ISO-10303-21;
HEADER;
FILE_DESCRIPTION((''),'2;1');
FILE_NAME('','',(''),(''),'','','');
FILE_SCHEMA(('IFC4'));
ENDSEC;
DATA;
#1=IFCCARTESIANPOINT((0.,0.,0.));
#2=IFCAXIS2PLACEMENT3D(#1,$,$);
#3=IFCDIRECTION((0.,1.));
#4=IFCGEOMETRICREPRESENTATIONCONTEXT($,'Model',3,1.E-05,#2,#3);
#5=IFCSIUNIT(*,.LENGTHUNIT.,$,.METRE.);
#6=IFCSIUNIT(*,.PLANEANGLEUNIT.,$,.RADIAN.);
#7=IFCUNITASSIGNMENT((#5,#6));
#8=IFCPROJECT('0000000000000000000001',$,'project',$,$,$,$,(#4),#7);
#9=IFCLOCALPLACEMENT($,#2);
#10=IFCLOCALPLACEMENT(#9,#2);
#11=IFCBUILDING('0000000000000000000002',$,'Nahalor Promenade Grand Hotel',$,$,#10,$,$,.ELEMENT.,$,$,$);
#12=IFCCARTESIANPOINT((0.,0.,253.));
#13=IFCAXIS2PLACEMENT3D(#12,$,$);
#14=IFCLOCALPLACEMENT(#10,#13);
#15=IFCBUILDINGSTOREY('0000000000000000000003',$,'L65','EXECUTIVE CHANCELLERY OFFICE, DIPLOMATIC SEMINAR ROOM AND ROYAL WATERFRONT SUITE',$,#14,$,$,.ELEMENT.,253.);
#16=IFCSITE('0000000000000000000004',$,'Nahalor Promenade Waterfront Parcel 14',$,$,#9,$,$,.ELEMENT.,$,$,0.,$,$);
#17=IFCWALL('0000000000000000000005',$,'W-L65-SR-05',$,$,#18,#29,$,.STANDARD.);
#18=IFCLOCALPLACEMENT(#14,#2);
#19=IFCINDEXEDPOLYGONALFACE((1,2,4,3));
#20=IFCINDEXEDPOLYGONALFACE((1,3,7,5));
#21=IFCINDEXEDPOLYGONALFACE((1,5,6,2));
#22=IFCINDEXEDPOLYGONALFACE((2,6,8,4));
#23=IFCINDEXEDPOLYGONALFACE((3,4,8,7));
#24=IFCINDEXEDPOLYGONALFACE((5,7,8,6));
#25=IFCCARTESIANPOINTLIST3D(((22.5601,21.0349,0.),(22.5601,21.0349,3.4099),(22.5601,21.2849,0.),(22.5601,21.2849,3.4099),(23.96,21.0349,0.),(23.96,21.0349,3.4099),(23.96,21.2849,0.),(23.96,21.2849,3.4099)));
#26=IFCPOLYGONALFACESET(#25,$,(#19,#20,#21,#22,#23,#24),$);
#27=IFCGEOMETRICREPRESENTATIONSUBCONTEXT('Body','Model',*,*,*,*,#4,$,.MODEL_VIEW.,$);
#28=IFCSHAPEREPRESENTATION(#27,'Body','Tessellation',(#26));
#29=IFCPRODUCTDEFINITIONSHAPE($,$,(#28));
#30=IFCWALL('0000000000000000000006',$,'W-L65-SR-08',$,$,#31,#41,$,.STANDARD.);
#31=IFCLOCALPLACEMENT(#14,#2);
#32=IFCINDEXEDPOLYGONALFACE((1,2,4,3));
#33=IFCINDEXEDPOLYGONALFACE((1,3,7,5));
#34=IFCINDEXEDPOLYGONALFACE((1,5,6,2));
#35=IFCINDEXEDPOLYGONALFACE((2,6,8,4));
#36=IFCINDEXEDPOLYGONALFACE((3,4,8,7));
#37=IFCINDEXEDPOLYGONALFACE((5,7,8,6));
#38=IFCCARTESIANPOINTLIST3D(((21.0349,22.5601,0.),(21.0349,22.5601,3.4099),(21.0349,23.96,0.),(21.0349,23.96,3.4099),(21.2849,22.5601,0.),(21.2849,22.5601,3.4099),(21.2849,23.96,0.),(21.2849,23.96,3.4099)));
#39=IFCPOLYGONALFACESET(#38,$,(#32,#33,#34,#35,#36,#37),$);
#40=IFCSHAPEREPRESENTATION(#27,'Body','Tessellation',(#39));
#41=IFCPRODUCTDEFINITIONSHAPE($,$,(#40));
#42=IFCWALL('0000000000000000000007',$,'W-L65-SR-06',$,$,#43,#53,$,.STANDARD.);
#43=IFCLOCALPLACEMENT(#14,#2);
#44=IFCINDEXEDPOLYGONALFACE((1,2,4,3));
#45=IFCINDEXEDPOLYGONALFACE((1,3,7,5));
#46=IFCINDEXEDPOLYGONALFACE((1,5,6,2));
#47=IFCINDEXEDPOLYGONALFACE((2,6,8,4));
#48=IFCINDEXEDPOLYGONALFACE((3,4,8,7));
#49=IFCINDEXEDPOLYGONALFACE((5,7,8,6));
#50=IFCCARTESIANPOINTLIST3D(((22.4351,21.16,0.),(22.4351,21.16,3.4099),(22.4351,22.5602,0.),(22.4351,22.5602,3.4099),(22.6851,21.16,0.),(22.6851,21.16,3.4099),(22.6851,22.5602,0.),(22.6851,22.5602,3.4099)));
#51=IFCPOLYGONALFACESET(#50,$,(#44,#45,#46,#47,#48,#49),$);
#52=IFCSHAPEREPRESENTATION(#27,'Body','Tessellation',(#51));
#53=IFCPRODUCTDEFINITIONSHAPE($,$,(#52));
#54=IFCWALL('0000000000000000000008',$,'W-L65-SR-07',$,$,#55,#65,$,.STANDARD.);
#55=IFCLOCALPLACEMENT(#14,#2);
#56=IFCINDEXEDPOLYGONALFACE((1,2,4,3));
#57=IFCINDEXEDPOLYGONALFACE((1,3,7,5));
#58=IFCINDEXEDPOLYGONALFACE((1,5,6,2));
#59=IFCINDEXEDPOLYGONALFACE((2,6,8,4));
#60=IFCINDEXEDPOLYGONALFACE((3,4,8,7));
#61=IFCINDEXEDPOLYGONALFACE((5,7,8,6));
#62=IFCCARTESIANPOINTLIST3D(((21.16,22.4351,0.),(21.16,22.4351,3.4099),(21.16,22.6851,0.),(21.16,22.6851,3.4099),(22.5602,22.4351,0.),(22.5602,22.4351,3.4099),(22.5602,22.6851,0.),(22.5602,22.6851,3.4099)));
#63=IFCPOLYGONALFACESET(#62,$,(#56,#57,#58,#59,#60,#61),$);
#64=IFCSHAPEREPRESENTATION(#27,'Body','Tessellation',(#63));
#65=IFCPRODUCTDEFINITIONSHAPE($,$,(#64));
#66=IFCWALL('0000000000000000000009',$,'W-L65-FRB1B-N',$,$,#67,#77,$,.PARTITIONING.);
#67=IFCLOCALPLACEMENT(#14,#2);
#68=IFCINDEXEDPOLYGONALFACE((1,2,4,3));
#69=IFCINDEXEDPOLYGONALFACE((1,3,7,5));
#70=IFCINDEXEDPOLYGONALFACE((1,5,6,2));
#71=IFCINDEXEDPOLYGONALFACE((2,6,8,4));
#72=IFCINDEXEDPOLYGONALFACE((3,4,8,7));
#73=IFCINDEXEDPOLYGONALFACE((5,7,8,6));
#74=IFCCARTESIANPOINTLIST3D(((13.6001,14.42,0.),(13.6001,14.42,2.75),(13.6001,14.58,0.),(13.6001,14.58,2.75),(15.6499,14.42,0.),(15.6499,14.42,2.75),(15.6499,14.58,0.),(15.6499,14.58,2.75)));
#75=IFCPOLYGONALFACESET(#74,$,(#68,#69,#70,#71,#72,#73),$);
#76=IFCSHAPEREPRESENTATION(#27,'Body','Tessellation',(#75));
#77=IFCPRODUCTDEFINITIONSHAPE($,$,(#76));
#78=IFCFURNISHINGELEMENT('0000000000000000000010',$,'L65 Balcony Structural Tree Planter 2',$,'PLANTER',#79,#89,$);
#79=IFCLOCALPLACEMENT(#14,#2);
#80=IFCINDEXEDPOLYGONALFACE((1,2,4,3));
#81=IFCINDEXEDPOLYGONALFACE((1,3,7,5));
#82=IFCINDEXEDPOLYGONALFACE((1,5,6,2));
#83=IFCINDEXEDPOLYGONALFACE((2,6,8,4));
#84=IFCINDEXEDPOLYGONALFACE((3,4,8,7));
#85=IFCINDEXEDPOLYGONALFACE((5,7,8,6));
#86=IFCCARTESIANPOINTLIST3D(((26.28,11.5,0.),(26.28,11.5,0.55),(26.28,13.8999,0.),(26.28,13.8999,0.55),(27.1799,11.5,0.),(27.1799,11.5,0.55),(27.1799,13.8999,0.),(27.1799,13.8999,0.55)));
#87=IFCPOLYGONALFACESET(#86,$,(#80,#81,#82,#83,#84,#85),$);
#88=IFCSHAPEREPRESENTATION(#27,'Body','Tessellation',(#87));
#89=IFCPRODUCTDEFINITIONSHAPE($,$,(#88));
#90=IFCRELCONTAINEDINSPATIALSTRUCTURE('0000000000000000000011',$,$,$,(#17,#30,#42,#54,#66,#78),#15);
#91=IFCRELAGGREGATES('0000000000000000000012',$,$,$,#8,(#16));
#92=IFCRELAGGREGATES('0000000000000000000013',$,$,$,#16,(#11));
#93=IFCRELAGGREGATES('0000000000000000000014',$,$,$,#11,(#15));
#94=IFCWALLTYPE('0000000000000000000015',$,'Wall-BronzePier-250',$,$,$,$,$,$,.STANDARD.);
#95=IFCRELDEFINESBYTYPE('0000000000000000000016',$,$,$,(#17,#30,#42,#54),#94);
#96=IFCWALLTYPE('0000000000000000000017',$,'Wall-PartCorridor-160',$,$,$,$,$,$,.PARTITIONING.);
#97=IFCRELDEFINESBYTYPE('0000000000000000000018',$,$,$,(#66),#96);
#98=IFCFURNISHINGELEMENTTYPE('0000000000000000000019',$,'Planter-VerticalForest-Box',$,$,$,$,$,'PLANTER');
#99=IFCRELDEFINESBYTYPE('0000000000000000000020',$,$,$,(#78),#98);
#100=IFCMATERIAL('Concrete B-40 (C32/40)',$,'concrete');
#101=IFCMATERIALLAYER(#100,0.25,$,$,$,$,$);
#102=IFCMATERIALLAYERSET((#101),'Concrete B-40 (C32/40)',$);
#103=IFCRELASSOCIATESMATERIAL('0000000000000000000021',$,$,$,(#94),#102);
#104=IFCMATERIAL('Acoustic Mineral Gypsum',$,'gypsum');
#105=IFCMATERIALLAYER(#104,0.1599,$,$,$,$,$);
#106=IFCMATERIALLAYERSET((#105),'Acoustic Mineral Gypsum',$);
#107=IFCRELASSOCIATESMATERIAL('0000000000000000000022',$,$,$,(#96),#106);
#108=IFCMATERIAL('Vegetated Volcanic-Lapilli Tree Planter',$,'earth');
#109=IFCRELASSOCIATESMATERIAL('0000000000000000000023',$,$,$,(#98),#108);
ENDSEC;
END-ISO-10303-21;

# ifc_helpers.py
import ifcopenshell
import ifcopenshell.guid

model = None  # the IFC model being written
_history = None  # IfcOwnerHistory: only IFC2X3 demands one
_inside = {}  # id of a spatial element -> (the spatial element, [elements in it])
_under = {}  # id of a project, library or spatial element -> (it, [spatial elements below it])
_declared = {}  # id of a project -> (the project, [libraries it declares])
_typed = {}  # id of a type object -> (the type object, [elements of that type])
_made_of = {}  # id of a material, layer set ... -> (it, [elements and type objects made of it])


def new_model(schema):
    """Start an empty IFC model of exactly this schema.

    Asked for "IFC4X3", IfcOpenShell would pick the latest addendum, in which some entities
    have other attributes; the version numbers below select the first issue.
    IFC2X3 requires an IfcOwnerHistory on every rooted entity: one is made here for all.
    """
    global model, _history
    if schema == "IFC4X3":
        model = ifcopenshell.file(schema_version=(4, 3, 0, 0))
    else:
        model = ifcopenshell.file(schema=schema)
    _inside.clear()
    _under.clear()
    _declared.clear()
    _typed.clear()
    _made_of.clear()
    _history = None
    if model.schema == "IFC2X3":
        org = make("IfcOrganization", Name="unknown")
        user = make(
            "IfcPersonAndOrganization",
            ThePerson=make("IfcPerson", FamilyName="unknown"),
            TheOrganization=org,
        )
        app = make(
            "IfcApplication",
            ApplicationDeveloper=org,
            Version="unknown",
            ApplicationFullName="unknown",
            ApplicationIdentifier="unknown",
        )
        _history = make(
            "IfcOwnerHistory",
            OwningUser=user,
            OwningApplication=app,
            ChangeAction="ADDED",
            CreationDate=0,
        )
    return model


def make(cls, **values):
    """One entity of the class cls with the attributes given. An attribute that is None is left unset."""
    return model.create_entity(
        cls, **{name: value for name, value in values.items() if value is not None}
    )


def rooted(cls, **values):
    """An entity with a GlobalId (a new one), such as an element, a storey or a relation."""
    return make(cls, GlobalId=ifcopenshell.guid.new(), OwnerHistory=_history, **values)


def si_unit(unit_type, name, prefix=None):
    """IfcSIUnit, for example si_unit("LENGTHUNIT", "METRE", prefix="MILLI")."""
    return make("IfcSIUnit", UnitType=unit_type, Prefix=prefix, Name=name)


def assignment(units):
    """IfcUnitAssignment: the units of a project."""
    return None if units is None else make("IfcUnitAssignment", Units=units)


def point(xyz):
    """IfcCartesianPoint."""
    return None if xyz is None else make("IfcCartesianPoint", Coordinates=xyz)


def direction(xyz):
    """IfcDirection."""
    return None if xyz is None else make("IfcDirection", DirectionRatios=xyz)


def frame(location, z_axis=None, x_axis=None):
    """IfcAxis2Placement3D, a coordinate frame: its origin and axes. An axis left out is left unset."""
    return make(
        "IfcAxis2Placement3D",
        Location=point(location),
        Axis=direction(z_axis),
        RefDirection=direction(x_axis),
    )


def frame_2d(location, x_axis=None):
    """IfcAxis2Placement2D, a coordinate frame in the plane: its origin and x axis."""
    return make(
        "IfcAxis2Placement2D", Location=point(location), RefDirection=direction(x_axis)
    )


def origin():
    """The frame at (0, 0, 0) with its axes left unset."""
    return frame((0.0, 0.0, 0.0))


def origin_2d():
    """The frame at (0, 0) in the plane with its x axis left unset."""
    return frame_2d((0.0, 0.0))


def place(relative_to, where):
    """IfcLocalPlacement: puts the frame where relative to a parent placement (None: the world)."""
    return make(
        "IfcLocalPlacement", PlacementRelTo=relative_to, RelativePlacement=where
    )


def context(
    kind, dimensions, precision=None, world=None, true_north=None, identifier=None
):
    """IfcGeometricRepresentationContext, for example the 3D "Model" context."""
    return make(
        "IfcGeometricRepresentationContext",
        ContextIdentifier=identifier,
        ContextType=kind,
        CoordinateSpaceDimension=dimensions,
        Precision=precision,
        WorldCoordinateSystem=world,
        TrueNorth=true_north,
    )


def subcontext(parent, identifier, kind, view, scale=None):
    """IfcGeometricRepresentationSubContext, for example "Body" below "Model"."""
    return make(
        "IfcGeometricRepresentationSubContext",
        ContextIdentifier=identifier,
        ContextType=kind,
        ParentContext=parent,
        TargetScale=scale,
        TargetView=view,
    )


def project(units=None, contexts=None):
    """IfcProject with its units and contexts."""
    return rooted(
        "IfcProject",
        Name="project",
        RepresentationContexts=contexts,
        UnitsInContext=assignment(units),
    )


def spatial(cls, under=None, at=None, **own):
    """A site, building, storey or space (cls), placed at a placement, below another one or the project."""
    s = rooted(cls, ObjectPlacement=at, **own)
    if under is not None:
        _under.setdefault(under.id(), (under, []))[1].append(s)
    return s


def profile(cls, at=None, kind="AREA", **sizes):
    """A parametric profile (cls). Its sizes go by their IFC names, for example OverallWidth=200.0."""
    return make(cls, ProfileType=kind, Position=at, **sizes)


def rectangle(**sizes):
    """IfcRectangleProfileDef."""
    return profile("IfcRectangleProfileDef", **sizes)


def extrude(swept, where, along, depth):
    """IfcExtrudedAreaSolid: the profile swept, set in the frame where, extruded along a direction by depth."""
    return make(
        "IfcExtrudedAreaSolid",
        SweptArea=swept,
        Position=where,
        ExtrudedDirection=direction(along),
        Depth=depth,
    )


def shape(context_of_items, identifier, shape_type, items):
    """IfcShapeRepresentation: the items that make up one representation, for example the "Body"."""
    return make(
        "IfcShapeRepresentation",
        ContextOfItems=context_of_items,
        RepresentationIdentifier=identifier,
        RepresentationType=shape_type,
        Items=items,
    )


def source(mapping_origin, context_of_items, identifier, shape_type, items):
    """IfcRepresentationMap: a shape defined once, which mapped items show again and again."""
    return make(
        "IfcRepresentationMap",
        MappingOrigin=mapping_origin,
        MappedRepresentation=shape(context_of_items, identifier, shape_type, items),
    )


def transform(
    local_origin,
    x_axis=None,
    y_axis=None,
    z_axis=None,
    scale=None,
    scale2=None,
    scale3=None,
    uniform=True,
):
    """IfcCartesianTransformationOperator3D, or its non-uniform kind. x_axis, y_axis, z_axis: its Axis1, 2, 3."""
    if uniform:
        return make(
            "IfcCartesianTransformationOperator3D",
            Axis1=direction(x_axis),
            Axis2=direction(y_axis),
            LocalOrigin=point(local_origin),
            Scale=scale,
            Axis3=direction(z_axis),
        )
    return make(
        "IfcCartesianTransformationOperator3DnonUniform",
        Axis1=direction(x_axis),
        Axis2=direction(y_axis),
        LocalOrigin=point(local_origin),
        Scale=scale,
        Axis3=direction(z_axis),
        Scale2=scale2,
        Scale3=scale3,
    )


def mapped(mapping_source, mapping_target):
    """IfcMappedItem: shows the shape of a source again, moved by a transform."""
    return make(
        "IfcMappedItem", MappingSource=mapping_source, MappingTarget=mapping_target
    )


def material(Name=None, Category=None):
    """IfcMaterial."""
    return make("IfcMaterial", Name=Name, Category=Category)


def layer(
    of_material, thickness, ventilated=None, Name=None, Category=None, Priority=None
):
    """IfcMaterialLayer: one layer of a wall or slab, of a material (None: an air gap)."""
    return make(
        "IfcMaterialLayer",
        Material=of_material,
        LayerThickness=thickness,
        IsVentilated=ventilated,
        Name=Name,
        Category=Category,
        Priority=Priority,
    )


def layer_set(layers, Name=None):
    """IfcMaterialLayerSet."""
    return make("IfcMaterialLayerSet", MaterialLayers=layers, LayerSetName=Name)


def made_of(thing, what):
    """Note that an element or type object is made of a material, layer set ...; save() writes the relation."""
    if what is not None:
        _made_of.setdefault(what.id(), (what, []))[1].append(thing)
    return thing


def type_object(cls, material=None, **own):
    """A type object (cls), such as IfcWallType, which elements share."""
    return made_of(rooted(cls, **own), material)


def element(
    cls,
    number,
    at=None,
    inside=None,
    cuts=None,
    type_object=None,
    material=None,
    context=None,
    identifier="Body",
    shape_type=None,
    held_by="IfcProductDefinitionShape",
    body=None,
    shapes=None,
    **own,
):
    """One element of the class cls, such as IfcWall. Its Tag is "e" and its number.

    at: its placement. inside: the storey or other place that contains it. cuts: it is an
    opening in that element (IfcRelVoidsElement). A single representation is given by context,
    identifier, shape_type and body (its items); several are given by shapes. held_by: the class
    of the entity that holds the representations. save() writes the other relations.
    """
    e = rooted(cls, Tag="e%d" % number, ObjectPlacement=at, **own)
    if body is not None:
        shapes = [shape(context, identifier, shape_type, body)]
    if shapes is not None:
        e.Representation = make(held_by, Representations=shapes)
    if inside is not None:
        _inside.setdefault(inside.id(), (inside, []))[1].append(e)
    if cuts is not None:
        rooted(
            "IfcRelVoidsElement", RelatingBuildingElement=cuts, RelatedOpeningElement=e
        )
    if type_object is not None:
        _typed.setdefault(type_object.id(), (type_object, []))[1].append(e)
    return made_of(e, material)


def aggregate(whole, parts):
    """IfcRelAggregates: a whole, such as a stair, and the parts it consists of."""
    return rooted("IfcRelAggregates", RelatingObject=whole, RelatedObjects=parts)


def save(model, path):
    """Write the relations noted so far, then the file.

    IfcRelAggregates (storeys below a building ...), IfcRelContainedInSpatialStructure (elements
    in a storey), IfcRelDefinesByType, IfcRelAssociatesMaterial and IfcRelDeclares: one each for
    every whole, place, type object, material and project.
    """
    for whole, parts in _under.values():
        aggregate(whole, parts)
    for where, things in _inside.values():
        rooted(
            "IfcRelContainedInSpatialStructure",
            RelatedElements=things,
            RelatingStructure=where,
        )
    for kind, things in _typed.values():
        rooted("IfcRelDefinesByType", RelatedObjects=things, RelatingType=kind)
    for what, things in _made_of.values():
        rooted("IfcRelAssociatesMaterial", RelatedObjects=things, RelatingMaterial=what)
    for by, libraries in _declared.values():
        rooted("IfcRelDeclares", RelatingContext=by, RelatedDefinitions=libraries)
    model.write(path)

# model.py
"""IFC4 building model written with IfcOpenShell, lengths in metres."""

from ifc_helpers import new_model, si_unit, direction, frame, frame_2d, origin, origin_2d, place, context, subcontext, project, spatial, rectangle, extrude, source, transform, mapped, material, layer, layer_set, type_object, element, save


model = new_model("IFC4")

# Units and contexts
model_context = context("Model", 3, precision=1e-05, world=origin(), true_north=direction((0.0, 1.0)))
body_context = subcontext(model_context, "Body", "Model", "MODEL_VIEW")
ifc_project = project(units=[si_unit("LENGTHUNIT", "METRE"), si_unit("PLANEANGLEUNIT", "RADIAN")], contexts=[model_context])

# Site, building, storey
site_placement = place(None, origin())
site = spatial("IfcSite", under=ifc_project, at=site_placement, Name="Nahalor Promenade Waterfront Parcel 14", CompositionType="ELEMENT", RefElevation=0.0)
building_placement = place(site_placement, origin())
building = spatial("IfcBuilding", under=site, at=building_placement, Name="Nahalor Promenade Grand Hotel", CompositionType="ELEMENT")
storey_placement = place(building_placement, frame((0.0, 0.0, 253.0)))
storey = spatial("IfcBuildingStorey", under=building, at=storey_placement, Name="L65", Description="EXECUTIVE CHANCELLERY OFFICE, DIPLOMATIC SEMINAR ROOM AND ROYAL WATERFRONT SUITE", CompositionType="ELEMENT", Elevation=253.0)

# Walls
ifc_material_1 = material(Name="Concrete B-40 (C32/40)", Category="concrete")
ifc_layer_1 = layer(ifc_material_1, 0.25)
ifc_layer_set_1 = layer_set([ifc_layer_1], Name="Concrete B-40 (C32/40)")
wall_type_1 = type_object("IfcWallType", Name="Wall-BronzePier-250", PredefinedType="STANDARD", material=ifc_layer_set_1)
shared_shape_1 = source(origin(), body_context, "Body", "SweptSolid", [
    extrude(rectangle(XDim=1.3999, YDim=0.25, at=frame_2d((0.7, 0.0))), origin(), (0.0, 0.0, 1.0), 3.4099),
])
for number, where, z_axis, x_axis, name in (
    (1, (22.5601, 21.1599, 0.0), (0.0, 0.0, 1.0), (1.0, 0.0, 0.0), "W-L65-SR-05"),
    (2, (21.1599, 22.5601, 0.0), (0.0, 0.0, 1.0), (0.0, 1.0, 0.0), "W-L65-SR-08"),
):
    element("IfcWall", number, at=place(storey_placement, frame(where, z_axis=z_axis, x_axis=x_axis)), inside=storey, type_object=wall_type_1, Name=name, PredefinedType="STANDARD", context=body_context, shape_type="MappedRepresentation", body=[
        mapped(shared_shape_1, transform((0.0, 0.0, 0.0), scale=1.0)),
    ])
shared_shape_2 = source(origin(), body_context, "Body", "SweptSolid", [
    extrude(rectangle(XDim=1.4001, YDim=0.25, at=frame_2d((0.7002, 0.0))), origin(), (0.0, 0.0, 1.0), 3.4099),
])
for number, where, z_axis, x_axis, name in (
    (3, (22.5601, 21.1599, 0.0), (0.0, 0.0, 1.0), (0.0, 1.0, 0.0), "W-L65-SR-06"),
    (4, (21.1599, 22.5601, 0.0), (0.0, 0.0, 1.0), (1.0, 0.0, 0.0), "W-L65-SR-07"),
):
    element("IfcWall", number, at=place(storey_placement, frame(where, z_axis=z_axis, x_axis=x_axis)), inside=storey, type_object=wall_type_1, Name=name, PredefinedType="STANDARD", context=body_context, shape_type="MappedRepresentation", body=[
        mapped(shared_shape_2, transform((0.0, 0.0, 0.0), scale=1.0)),
    ])
ifc_material_2 = material(Name="Acoustic Mineral Gypsum", Category="gypsum")
ifc_layer_2 = layer(ifc_material_2, 0.1599)
ifc_layer_set_2 = layer_set([ifc_layer_2], Name="Acoustic Mineral Gypsum")
wall_type_2 = type_object("IfcWallType", Name="Wall-PartCorridor-160", PredefinedType="PARTITIONING", material=ifc_layer_set_2)
shared_shape_3 = source(origin(), body_context, "Body", "SweptSolid", [
    extrude(rectangle(XDim=2.0498, YDim=0.1599, at=frame_2d((1.0249, 0.0))), origin(), (0.0, 0.0, 1.0), 2.75),
])
wall_1_placement = place(storey_placement, frame((13.6001, 14.5, 0.0), z_axis=(0.0, 0.0, 1.0), x_axis=(1.0, 0.0, 0.0)))
element("IfcWall", 5, at=wall_1_placement, inside=storey, type_object=wall_type_2, Name="W-L65-FRB1B-N", PredefinedType="PARTITIONING", context=body_context, shape_type="MappedRepresentation", body=[
    mapped(shared_shape_3, transform((0.0, 0.0, 0.0), scale=1.0)),
])

# Furnishing element
ifc_material_3 = material(Name="Vegetated Volcanic-Lapilli Tree Planter", Category="earth")
furnishing_element_type = type_object("IfcFurnishingElementType", Name="Planter-VerticalForest-Box", ElementType="PLANTER", material=ifc_material_3)
shared_shape_4 = source(origin(), body_context, "Body", "SweptSolid", [
    extrude(rectangle(XDim=2.3999, YDim=0.8999, at=origin_2d()), origin(), (0.0, 0.0, 1.0), 0.55),
])
furnishing_placement = place(storey_placement, frame((26.73, 12.7, 0.0), z_axis=(0.0, 0.0, 1.0), x_axis=(0.0, 1.0, 0.0)))
element("IfcFurnishingElement", 6, at=furnishing_placement, inside=storey, type_object=furnishing_element_type, Name="L65 Balcony Structural Tree Planter 2", ObjectType="PLANTER", context=body_context, shape_type="MappedRepresentation", body=[
    mapped(shared_shape_4, transform((0.0, 0.0, 0.0), scale=1.0)),
])

save(model, "model.ifc")
